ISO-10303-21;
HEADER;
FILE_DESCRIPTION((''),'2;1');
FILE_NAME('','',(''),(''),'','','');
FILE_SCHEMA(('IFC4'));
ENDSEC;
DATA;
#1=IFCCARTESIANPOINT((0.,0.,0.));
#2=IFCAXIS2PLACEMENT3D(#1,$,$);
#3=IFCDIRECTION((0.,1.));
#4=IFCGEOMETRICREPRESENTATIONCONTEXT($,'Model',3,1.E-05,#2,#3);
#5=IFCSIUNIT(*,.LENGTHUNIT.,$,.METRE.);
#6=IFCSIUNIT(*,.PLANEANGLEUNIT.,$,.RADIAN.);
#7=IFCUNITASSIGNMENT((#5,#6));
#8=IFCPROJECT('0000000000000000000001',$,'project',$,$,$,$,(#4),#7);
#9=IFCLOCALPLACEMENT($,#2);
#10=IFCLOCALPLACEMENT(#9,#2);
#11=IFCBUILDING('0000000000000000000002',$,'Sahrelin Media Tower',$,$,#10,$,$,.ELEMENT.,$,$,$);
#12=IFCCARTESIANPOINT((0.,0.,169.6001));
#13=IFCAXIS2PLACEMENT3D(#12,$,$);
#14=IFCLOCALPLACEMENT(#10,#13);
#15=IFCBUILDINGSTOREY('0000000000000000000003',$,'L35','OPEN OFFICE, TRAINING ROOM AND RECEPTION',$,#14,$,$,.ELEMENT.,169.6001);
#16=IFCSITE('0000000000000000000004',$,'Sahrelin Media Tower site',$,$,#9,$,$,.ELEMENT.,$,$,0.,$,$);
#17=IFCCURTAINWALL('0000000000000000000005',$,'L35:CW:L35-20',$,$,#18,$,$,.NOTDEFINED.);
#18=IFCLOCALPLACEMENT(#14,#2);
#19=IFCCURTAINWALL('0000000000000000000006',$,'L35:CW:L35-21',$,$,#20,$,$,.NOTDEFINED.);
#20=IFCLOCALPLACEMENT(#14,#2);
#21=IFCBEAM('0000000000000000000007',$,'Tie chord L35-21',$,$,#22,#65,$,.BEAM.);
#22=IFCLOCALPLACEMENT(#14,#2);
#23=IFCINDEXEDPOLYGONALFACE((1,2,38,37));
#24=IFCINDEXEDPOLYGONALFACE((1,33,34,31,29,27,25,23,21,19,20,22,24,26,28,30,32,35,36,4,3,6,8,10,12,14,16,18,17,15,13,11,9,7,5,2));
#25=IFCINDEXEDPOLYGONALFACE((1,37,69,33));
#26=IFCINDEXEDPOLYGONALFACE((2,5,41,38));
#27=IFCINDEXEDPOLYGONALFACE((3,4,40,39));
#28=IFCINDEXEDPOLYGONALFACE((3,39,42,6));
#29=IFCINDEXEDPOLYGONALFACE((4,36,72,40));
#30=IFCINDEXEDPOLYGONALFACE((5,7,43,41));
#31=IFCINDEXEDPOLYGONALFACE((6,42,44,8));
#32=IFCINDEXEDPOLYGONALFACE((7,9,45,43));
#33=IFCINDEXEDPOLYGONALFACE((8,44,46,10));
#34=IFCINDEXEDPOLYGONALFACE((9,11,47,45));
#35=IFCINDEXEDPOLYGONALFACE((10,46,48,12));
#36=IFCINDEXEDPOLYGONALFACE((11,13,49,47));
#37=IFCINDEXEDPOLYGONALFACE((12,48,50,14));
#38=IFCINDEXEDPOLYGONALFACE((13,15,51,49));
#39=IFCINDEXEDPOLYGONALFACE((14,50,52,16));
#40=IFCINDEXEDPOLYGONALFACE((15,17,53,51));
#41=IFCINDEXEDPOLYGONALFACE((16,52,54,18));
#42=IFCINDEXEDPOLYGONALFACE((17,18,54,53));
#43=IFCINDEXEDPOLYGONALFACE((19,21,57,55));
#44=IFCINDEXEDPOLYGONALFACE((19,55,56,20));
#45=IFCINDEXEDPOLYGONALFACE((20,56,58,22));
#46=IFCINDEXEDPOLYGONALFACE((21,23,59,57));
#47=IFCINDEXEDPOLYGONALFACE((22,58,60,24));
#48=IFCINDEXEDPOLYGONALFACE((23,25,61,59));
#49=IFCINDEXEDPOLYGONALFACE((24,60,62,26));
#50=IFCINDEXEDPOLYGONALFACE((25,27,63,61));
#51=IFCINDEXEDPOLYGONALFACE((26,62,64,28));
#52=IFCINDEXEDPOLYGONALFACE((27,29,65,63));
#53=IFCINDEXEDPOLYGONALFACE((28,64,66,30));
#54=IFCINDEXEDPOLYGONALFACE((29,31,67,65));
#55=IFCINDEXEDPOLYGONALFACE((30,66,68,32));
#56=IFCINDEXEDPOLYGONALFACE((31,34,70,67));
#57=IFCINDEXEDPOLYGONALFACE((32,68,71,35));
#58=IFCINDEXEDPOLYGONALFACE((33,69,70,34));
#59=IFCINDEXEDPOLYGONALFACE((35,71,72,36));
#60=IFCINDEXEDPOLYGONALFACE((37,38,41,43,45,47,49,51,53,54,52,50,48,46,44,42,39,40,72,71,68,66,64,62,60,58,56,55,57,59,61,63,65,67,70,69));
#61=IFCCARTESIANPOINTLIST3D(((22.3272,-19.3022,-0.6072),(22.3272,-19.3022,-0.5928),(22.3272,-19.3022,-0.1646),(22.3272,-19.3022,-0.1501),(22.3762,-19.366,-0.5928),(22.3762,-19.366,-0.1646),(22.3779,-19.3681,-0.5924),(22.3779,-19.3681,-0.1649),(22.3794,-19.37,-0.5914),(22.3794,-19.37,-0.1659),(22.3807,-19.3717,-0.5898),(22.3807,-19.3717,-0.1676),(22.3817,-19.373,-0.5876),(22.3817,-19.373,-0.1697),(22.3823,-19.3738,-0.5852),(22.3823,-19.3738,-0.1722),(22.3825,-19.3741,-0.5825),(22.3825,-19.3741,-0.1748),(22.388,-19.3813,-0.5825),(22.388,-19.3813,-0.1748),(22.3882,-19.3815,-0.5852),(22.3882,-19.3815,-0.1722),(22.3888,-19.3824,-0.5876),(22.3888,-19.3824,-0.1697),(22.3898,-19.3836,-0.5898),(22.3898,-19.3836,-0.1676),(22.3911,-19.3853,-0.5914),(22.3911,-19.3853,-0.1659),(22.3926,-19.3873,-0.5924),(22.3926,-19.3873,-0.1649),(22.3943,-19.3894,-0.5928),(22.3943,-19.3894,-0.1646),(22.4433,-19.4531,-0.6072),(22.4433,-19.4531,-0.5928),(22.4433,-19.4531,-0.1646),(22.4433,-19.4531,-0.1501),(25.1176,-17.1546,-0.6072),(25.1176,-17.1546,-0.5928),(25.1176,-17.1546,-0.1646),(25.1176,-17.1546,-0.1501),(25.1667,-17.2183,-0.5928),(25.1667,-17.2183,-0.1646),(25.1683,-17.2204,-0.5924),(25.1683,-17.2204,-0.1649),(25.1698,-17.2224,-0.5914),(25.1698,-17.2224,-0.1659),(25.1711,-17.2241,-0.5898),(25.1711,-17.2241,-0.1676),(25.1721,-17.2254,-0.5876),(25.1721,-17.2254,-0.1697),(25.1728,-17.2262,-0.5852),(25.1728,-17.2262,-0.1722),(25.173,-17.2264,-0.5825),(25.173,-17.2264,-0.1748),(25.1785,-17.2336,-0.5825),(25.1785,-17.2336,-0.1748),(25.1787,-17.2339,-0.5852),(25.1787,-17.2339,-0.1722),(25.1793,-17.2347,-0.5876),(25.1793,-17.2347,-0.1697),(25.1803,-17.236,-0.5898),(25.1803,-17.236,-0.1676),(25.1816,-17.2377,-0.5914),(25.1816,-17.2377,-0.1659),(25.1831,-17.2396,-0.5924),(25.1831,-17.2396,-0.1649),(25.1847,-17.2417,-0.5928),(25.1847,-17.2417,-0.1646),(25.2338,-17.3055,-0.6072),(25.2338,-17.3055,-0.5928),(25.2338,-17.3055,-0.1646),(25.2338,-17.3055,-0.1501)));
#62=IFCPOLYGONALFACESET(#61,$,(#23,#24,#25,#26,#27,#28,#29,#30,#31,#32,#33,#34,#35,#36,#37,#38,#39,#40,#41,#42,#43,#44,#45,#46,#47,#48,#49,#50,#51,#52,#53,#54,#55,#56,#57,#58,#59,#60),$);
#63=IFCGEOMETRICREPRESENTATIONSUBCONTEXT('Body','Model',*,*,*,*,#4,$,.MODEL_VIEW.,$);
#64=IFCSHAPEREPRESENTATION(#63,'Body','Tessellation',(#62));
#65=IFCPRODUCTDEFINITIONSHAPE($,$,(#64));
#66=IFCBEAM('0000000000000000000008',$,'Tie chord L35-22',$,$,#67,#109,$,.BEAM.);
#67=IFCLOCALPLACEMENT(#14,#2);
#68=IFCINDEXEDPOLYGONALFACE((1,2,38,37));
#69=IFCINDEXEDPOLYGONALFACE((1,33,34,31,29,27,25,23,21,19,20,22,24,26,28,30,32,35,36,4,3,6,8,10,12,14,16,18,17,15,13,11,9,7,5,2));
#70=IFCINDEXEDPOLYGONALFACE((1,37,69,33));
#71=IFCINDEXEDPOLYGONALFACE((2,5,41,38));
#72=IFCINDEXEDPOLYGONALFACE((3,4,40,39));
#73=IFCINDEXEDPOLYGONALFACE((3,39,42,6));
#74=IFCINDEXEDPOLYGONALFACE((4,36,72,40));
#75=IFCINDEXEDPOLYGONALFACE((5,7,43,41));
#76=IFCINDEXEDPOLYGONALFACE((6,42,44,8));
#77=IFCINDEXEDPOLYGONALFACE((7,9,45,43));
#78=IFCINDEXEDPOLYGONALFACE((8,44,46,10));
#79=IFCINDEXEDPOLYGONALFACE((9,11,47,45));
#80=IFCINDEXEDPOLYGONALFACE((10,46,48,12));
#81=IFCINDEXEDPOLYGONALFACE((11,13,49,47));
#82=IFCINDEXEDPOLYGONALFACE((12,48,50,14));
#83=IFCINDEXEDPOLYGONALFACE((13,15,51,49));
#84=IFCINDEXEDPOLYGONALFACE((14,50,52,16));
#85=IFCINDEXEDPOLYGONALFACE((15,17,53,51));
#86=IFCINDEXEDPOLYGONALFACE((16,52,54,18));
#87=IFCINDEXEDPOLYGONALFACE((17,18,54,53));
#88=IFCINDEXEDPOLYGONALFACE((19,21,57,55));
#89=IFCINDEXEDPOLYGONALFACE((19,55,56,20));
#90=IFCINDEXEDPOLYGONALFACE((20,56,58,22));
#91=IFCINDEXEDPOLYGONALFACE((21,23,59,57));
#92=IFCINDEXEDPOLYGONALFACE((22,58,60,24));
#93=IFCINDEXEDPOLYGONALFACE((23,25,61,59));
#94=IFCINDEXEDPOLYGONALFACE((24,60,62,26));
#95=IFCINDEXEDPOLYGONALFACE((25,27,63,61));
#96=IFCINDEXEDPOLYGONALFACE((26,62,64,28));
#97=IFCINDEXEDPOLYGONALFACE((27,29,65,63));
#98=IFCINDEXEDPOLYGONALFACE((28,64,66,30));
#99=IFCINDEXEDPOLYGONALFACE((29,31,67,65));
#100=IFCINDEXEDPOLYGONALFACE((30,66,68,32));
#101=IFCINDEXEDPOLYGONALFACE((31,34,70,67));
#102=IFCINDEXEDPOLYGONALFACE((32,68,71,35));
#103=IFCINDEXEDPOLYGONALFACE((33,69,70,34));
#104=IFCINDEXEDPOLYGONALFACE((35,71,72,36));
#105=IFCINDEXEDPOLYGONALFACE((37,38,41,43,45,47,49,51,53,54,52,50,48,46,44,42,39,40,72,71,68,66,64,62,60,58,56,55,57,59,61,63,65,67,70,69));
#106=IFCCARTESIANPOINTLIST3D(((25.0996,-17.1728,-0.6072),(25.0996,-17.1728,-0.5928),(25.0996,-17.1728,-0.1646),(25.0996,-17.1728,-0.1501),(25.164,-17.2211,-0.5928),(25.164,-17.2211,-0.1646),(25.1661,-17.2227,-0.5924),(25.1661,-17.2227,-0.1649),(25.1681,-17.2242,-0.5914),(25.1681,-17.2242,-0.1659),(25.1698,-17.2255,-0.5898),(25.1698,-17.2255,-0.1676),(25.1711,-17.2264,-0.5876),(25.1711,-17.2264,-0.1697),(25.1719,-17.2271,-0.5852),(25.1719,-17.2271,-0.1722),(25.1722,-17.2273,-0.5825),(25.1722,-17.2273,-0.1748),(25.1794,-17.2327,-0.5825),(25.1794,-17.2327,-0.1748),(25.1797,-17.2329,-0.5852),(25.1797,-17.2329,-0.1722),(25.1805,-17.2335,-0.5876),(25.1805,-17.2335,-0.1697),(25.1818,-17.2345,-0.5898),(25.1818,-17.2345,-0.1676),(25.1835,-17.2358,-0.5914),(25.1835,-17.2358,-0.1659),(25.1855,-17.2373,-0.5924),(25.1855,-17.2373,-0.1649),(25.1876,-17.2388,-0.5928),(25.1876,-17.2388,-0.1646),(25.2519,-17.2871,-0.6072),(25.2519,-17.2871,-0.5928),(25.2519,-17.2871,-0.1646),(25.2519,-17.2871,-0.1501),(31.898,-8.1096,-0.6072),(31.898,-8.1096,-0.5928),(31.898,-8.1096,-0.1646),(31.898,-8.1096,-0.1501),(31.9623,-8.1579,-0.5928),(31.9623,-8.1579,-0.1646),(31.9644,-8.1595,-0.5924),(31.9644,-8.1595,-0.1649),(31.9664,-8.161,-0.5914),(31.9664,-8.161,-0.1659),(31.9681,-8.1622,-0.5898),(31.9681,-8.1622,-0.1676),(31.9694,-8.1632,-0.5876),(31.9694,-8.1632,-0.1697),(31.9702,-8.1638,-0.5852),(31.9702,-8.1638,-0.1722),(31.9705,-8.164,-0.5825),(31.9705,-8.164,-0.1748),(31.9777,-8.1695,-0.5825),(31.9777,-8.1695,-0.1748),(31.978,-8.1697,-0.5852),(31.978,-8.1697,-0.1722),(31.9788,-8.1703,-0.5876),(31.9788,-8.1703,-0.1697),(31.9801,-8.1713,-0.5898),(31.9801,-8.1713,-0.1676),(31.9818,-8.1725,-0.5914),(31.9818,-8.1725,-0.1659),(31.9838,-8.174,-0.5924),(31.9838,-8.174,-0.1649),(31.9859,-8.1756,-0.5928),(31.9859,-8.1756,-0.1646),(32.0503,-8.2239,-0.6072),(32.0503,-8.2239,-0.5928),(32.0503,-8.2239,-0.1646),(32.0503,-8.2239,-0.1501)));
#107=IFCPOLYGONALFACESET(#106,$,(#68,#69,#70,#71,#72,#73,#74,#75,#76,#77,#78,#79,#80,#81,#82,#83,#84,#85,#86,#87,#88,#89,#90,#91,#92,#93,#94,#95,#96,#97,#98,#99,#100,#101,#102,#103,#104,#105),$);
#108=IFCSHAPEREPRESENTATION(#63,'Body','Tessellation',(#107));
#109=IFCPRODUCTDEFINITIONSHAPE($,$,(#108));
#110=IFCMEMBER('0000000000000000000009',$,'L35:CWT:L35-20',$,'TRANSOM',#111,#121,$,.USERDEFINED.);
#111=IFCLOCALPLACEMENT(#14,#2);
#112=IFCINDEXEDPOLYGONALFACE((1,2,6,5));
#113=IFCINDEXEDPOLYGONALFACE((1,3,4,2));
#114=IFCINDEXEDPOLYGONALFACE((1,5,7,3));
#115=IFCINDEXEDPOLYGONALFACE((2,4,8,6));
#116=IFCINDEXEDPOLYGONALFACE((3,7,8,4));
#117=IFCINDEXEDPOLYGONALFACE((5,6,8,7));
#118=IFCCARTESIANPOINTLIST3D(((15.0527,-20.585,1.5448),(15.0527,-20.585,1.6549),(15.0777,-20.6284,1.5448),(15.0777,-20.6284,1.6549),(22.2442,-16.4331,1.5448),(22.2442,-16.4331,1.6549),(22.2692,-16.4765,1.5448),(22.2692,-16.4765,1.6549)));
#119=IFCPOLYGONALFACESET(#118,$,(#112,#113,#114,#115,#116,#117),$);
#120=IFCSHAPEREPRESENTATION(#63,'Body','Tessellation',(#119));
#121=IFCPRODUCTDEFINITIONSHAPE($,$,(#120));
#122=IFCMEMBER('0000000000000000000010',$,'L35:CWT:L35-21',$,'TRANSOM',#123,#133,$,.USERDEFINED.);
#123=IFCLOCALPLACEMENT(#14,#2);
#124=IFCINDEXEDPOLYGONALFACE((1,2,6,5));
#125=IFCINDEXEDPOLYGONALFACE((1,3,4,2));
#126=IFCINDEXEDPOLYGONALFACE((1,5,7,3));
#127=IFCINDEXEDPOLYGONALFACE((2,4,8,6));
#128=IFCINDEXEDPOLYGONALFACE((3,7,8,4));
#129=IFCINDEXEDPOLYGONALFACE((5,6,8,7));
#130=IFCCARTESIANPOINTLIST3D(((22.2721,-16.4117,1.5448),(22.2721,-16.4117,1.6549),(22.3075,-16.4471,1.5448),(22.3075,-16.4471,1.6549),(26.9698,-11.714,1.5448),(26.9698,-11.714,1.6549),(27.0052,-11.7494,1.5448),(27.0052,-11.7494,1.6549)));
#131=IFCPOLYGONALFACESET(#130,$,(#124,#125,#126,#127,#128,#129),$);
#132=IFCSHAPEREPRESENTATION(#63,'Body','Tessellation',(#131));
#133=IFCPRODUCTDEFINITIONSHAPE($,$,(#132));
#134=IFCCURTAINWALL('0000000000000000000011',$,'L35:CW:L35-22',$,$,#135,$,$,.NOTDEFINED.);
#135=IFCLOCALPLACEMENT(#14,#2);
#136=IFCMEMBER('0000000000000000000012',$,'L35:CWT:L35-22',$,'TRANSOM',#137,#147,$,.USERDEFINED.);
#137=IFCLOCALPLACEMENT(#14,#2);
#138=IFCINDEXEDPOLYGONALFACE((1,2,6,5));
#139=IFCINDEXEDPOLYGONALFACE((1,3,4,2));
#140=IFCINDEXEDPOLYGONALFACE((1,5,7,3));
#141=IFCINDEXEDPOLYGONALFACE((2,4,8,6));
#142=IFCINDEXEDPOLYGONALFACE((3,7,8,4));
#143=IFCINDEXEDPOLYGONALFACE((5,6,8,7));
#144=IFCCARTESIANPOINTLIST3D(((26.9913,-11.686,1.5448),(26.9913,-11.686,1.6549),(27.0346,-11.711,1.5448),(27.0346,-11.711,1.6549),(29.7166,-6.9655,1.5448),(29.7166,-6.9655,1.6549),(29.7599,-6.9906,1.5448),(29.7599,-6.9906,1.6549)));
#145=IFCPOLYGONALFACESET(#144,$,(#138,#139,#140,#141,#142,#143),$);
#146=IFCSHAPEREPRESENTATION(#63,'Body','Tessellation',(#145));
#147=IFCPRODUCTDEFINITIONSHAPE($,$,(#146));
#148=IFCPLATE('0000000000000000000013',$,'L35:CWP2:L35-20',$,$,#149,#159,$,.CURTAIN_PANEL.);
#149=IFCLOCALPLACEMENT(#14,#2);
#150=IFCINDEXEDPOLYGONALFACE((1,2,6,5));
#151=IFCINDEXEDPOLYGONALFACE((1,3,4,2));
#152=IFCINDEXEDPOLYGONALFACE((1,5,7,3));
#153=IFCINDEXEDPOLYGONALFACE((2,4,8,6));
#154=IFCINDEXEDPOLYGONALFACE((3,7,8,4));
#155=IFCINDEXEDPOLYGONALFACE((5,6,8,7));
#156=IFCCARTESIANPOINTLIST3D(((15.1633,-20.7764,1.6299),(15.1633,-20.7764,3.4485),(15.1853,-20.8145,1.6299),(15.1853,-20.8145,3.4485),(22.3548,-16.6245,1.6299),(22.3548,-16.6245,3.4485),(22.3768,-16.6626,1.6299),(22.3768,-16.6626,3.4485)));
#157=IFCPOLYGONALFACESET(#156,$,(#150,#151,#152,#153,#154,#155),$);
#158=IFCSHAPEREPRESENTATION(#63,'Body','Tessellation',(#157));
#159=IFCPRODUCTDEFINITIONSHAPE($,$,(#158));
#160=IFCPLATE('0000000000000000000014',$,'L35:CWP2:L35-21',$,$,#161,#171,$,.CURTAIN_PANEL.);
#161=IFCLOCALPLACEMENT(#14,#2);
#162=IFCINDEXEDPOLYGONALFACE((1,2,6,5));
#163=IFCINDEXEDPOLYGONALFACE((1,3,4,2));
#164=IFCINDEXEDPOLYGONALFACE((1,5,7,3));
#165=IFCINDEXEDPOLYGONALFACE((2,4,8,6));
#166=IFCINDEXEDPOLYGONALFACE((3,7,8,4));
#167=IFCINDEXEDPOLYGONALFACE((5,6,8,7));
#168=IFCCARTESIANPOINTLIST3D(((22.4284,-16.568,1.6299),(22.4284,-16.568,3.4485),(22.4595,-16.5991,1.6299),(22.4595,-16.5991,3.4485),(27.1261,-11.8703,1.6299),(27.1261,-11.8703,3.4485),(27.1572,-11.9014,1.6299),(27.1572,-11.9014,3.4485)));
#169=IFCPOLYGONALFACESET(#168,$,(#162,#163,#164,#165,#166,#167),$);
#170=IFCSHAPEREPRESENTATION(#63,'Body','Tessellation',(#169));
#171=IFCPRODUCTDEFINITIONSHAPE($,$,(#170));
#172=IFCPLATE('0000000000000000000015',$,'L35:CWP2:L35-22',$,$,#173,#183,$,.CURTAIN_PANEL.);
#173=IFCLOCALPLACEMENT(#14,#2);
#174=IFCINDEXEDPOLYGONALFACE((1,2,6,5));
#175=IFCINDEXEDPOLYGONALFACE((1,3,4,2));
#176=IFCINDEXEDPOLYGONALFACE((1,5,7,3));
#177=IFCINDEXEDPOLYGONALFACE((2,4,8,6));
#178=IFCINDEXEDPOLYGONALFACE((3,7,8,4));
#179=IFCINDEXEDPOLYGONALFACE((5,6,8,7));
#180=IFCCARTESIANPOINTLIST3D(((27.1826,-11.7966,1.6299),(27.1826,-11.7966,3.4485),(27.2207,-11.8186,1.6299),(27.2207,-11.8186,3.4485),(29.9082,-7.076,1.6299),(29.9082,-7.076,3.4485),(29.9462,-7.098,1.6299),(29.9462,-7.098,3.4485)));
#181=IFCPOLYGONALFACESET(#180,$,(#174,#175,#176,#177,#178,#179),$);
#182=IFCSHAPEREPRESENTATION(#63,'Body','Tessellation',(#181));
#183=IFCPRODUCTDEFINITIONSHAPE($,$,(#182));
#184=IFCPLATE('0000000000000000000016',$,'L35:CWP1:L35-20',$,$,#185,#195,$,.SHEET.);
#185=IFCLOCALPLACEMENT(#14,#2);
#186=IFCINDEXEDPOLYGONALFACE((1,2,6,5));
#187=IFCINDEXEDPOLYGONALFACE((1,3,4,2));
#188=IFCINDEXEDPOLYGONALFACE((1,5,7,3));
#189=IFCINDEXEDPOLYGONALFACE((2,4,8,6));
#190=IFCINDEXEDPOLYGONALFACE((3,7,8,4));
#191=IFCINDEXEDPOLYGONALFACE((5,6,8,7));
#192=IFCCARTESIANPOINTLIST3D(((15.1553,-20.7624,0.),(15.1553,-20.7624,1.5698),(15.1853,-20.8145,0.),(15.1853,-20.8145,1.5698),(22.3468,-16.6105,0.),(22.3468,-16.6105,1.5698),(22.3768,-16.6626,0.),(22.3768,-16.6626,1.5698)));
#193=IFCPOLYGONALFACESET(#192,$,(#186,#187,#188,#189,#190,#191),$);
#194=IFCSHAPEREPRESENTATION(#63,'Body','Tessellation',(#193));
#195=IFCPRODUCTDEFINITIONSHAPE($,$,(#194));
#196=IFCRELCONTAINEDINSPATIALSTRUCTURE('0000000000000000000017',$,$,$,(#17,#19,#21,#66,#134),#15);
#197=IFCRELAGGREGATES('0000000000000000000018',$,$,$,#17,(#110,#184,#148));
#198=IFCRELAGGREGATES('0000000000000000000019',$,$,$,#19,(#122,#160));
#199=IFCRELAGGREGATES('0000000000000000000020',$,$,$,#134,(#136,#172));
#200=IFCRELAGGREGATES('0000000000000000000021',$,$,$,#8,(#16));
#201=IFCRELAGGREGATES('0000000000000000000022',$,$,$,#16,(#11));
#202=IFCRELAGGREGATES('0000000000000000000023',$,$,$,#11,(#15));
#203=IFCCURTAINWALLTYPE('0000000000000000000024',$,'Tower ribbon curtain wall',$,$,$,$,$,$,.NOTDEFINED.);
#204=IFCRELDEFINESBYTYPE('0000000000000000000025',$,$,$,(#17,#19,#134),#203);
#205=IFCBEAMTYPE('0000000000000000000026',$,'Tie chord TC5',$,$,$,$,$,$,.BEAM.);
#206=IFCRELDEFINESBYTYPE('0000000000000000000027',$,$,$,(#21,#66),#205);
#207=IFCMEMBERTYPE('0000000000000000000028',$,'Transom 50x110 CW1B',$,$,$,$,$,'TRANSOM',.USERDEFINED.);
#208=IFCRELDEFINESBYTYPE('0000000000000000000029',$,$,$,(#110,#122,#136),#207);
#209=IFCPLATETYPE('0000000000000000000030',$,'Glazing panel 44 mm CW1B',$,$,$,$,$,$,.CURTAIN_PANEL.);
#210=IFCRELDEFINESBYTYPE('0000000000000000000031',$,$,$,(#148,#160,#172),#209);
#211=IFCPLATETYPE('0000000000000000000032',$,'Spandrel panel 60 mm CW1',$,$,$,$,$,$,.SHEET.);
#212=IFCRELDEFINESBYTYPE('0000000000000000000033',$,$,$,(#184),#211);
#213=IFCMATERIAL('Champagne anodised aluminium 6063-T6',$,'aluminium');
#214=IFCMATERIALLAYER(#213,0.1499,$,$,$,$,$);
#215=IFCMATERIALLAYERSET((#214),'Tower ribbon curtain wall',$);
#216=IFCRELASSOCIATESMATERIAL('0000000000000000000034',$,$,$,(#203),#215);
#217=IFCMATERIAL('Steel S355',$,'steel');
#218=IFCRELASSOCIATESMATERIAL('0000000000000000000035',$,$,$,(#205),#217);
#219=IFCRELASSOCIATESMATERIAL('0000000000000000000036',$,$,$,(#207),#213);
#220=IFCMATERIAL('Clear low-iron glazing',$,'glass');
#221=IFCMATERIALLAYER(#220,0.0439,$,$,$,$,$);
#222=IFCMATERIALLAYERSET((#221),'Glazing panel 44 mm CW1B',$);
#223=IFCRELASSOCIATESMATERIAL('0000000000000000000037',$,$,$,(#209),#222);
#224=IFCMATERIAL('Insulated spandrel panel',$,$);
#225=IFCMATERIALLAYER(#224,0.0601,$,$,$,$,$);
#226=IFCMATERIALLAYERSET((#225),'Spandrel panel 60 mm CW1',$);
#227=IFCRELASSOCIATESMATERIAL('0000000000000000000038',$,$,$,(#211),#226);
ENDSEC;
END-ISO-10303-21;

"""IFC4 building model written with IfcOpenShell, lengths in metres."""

from ifc_helpers import new_model, si_unit, direction, frame, origin, origin_2d, place, context, subcontext, project, spatial, polyline, rectangle, i_section, outline, extrude, material, layer, layer_set, material_profile, profile_set, type_object, element, aggregate, save


model = new_model("IFC4")

# Units and contexts
model_context = context("Model", 3, precision=1e-05, world=origin(), true_north=direction((0.0, 1.0)))
body_context = subcontext(model_context, "Body", "Model", "MODEL_VIEW")
ifc_project = project(units=[si_unit("LENGTHUNIT", "METRE"), si_unit("PLANEANGLEUNIT", "RADIAN")], contexts=[model_context])

# Site, building, storey
site_placement = place(None, origin())
site = spatial("IfcSite", under=ifc_project, at=site_placement, Name="Sahrelin Media Tower site", CompositionType="ELEMENT", RefElevation=0.0)
building_placement = place(site_placement, origin())
building = spatial("IfcBuilding", under=site, at=building_placement, Name="Sahrelin Media Tower", CompositionType="ELEMENT")
storey_placement = place(building_placement, frame((0.0, 0.0, 169.6001)))
storey = spatial("IfcBuildingStorey", under=building, at=storey_placement, Name="L35", Description="OPEN OFFICE, TRAINING ROOM AND RECEPTION", CompositionType="ELEMENT", Elevation=169.6001)

# Shared definitions
ifc_material_1 = material(Name="Steel S355", Category="steel")

# Curtain walls
ifc_material_2 = material(Name="Champagne anodised aluminium 6063-T6", Category="aluminium")
ifc_layer_1 = layer(ifc_material_2, 0.1499)
ifc_layer_set_1 = layer_set([ifc_layer_1], Name="Tower ribbon curtain wall")
curtain_wall_type = type_object("IfcCurtainWallType", Name="Tower ribbon curtain wall", PredefinedType="NOTDEFINED", material=ifc_layer_set_1)
curtain_wall_1_placement = place(storey_placement, frame((18.771, -18.7212, 0.0), z_axis=(0.0, 0.0, 1.0), x_axis=(1.0, 0.0, 0.0)))
curtain_wall_1 = element("IfcCurtainWall", 1, at=curtain_wall_1_placement, inside=storey, type_object=curtain_wall_type, Name="L35:CW:L35-20", PredefinedType="NOTDEFINED")
curtain_wall_2_placement = place(storey_placement, frame((24.7942, -14.2361, 0.0), z_axis=(0.0, 0.0, 1.0), x_axis=(1.0, 0.0, 0.0)))
curtain_wall_2 = element("IfcCurtainWall", 2, at=curtain_wall_2_placement, inside=storey, type_object=curtain_wall_type, Name="L35:CW:L35-21", PredefinedType="NOTDEFINED")

# Beams
ifc_material_profile_1 = material_profile(ifc_material_1, i_section(OverallWidth=0.1904, OverallDepth=0.457, WebThickness=0.009, FlangeThickness=0.0144, FilletRadius=0.0103, at=origin_2d()), Name="UB 457x191x74")
ifc_profile_set_1 = profile_set([ifc_material_profile_1], Name="Steel S355")
beam_type_1 = type_object("IfcBeamType", Name="Tie chord TC5", PredefinedType="BEAM", material=ifc_profile_set_1)
beam_1_placement = place(storey_placement, frame((22.3853, -19.3777, -0.3787), z_axis=(0.792467, 0.609915, 0.0), x_axis=(-0.609915, 0.792467, 0.0)))
element("IfcBeam", 3, at=beam_1_placement, inside=storey, type_object=beam_type_1, Name="Tie chord L35-21", PredefinedType="BEAM", context=body_context, shape_type="SweptSolid", body=[
    extrude(i_section(OverallWidth=0.1904, OverallDepth=0.457, WebThickness=0.009, FlangeThickness=0.0144, FilletRadius=0.0103, at=origin_2d()), origin(), (0.0, 0.0, 1.0), 3.5212),
])
beam_2_placement = place(storey_placement, frame((25.1758, -17.23, -0.3787), z_axis=(0.600052, 0.799961, 0.0), x_axis=(-0.799961, 0.600052, 0.0)))
element("IfcBeam", 4, at=beam_2_placement, inside=storey, type_object=beam_type_1, Name="Tie chord L35-22", PredefinedType="BEAM", context=body_context, shape_type="SweptSolid", body=[
    extrude(i_section(OverallWidth=0.1904, OverallDepth=0.457, WebThickness=0.009, FlangeThickness=0.0144, FilletRadius=0.0103, at=origin_2d()), origin(), (0.0, 0.0, 1.0), 11.3296),
])

# Members
ifc_material_profile_2 = material_profile(ifc_material_2, rectangle(XDim=0.05, YDim=0.1101, at=origin_2d()), Name="Transom 50x110")
ifc_profile_set_2 = profile_set([ifc_material_profile_2], Name="Champagne anodised aluminium 6063-T6")
member_type_1 = type_object("IfcMemberType", Name="Transom 50x110 CW1B", ElementType="TRANSOM", PredefinedType="USERDEFINED", material=ifc_profile_set_2)
member_1_placement = place(storey_placement, frame((15.0652, -20.6067, 1.5999), z_axis=(0.866031, 0.499991, 0.0), x_axis=(-0.499991, 0.866031, 0.0)))
member_1 = element("IfcMember", 5, at=member_1_placement, type_object=member_type_1, Name="L35:CWT:L35-20", ObjectType="TRANSOM", PredefinedType="USERDEFINED", context=body_context, shape_type="SweptSolid", body=[
    extrude(rectangle(XDim=0.05, YDim=0.1101, at=origin_2d()), origin(), (0.0, 0.0, 1.0), 8.304),
])
member_2_placement = place(storey_placement, frame((22.2898, -16.4294, 1.5999), z_axis=(0.707107, 0.707107, 0.0), x_axis=(-0.707107, 0.707107, 0.0)))
member_2 = element("IfcMember", 6, at=member_2_placement, type_object=member_type_1, Name="L35:CWT:L35-21", ObjectType="TRANSOM", PredefinedType="USERDEFINED", context=body_context, shape_type="SweptSolid", body=[
    extrude(rectangle(XDim=0.05, YDim=0.1101, at=origin_2d()), origin(), (0.0, 0.0, 1.0), 6.6436),
])

# Curtain wall, member
curtain_wall_3_placement = place(storey_placement, frame((28.5662, -9.4482, 0.0), z_axis=(0.0, 0.0, 1.0), x_axis=(1.0, 0.0, 0.0)))
curtain_wall_3 = element("IfcCurtainWall", 7, at=curtain_wall_3_placement, inside=storey, type_object=curtain_wall_type, Name="L35:CW:L35-22", PredefinedType="NOTDEFINED")
member_3_placement = place(storey_placement, frame((27.0129, -11.6985, 1.5999), z_axis=(0.499998, 0.866027, 0.0), x_axis=(-0.866027, 0.499998, 0.0)))
member_3 = element("IfcMember", 8, at=member_3_placement, type_object=member_type_1, Name="L35:CWT:L35-22", ObjectType="TRANSOM", PredefinedType="USERDEFINED", context=body_context, shape_type="SweptSolid", body=[
    extrude(rectangle(XDim=0.05, YDim=0.1101, at=origin_2d()), origin(), (0.0, 0.0, 1.0), 5.4507),
])

# Plates
ifc_material_3 = material(Name="Clear low-iron glazing", Category="glass")
ifc_layer_2 = layer(ifc_material_3, 0.0439)
ifc_layer_set_2 = layer_set([ifc_layer_2], Name="Glazing panel 44 mm CW1B")
plate_type_1 = type_object("IfcPlateType", Name="Glazing panel 44 mm CW1B", PredefinedType="CURTAIN_PANEL", material=ifc_layer_set_2)
plate_1_placement = place(storey_placement, frame((15.1853, -20.8145, 1.6299), z_axis=(0.499991, -0.866031, 0.0), x_axis=(0.866031, 0.499991, 0.0)))
plate_1 = element("IfcPlate", 9, at=plate_1_placement, type_object=plate_type_1, Name="L35:CWP2:L35-20", PredefinedType="CURTAIN_PANEL", context=body_context, shape_type="SweptSolid", body=[
    extrude(outline(polyline([(0.0, 0.0), (8.304, 0.0), (8.304, 1.8186), (0.0, 1.8186), (0.0, 0.0)])), origin(), (0.0, 0.0, -1.0), 0.0439),
])
plate_2_placement = place(storey_placement, frame((22.4595, -16.5991, 1.6299), z_axis=(0.707107, -0.707107, 0.0), x_axis=(0.707107, 0.707107, 0.0)))
plate_2 = element("IfcPlate", 10, at=plate_2_placement, type_object=plate_type_1, Name="L35:CWP2:L35-21", PredefinedType="CURTAIN_PANEL", context=body_context, shape_type="SweptSolid", body=[
    extrude(outline(polyline([(0.0, 0.0), (6.6436, 0.0), (6.6436, 1.8186), (0.0, 1.8186), (0.0, 0.0)])), origin(), (0.0, 0.0, -1.0), 0.0439),
])
plate_3_placement = place(storey_placement, frame((27.2207, -11.8186, 1.6299), z_axis=(0.866019, -0.500012, 0.0), x_axis=(0.500012, 0.866019, 0.0)))
plate_3 = element("IfcPlate", 11, at=plate_3_placement, type_object=plate_type_1, Name="L35:CWP2:L35-22", PredefinedType="CURTAIN_PANEL", context=body_context, shape_type="SweptSolid", body=[
    extrude(outline(polyline([(0.0, 0.0), (5.4509, 0.0), (5.4509, 1.8186), (0.0, 1.8186), (0.0, 0.0)])), origin(), (0.0, 0.0, -1.0), 0.0439),
])
ifc_material_4 = material(Name="Insulated spandrel panel")
ifc_layer_3 = layer(ifc_material_4, 0.0601)
ifc_layer_set_3 = layer_set([ifc_layer_3], Name="Spandrel panel 60 mm CW1")
plate_type_2 = type_object("IfcPlateType", Name="Spandrel panel 60 mm CW1", PredefinedType="SHEET", material=ifc_layer_set_3)
plate_4_placement = place(storey_placement, frame((15.1853, -20.8145, 0.0), z_axis=(0.499991, -0.866031, 0.0), x_axis=(0.866031, 0.499991, 0.0)))
plate_4 = element("IfcPlate", 12, at=plate_4_placement, type_object=plate_type_2, Name="L35:CWP1:L35-20", PredefinedType="SHEET", context=body_context, shape_type="SweptSolid", body=[
    extrude(outline(polyline([(0.0, 0.0), (8.304, 0.0), (8.304, 1.5698), (0.0, 1.5698), (0.0, 0.0)])), origin(), (0.0, 0.0, -1.0), 0.0601),
])
aggregate(curtain_wall_1, [member_1, plate_4, plate_1])
aggregate(curtain_wall_2, [member_2, plate_2])
aggregate(curtain_wall_3, [member_3, plate_3])

save(model, "model.ifc")
